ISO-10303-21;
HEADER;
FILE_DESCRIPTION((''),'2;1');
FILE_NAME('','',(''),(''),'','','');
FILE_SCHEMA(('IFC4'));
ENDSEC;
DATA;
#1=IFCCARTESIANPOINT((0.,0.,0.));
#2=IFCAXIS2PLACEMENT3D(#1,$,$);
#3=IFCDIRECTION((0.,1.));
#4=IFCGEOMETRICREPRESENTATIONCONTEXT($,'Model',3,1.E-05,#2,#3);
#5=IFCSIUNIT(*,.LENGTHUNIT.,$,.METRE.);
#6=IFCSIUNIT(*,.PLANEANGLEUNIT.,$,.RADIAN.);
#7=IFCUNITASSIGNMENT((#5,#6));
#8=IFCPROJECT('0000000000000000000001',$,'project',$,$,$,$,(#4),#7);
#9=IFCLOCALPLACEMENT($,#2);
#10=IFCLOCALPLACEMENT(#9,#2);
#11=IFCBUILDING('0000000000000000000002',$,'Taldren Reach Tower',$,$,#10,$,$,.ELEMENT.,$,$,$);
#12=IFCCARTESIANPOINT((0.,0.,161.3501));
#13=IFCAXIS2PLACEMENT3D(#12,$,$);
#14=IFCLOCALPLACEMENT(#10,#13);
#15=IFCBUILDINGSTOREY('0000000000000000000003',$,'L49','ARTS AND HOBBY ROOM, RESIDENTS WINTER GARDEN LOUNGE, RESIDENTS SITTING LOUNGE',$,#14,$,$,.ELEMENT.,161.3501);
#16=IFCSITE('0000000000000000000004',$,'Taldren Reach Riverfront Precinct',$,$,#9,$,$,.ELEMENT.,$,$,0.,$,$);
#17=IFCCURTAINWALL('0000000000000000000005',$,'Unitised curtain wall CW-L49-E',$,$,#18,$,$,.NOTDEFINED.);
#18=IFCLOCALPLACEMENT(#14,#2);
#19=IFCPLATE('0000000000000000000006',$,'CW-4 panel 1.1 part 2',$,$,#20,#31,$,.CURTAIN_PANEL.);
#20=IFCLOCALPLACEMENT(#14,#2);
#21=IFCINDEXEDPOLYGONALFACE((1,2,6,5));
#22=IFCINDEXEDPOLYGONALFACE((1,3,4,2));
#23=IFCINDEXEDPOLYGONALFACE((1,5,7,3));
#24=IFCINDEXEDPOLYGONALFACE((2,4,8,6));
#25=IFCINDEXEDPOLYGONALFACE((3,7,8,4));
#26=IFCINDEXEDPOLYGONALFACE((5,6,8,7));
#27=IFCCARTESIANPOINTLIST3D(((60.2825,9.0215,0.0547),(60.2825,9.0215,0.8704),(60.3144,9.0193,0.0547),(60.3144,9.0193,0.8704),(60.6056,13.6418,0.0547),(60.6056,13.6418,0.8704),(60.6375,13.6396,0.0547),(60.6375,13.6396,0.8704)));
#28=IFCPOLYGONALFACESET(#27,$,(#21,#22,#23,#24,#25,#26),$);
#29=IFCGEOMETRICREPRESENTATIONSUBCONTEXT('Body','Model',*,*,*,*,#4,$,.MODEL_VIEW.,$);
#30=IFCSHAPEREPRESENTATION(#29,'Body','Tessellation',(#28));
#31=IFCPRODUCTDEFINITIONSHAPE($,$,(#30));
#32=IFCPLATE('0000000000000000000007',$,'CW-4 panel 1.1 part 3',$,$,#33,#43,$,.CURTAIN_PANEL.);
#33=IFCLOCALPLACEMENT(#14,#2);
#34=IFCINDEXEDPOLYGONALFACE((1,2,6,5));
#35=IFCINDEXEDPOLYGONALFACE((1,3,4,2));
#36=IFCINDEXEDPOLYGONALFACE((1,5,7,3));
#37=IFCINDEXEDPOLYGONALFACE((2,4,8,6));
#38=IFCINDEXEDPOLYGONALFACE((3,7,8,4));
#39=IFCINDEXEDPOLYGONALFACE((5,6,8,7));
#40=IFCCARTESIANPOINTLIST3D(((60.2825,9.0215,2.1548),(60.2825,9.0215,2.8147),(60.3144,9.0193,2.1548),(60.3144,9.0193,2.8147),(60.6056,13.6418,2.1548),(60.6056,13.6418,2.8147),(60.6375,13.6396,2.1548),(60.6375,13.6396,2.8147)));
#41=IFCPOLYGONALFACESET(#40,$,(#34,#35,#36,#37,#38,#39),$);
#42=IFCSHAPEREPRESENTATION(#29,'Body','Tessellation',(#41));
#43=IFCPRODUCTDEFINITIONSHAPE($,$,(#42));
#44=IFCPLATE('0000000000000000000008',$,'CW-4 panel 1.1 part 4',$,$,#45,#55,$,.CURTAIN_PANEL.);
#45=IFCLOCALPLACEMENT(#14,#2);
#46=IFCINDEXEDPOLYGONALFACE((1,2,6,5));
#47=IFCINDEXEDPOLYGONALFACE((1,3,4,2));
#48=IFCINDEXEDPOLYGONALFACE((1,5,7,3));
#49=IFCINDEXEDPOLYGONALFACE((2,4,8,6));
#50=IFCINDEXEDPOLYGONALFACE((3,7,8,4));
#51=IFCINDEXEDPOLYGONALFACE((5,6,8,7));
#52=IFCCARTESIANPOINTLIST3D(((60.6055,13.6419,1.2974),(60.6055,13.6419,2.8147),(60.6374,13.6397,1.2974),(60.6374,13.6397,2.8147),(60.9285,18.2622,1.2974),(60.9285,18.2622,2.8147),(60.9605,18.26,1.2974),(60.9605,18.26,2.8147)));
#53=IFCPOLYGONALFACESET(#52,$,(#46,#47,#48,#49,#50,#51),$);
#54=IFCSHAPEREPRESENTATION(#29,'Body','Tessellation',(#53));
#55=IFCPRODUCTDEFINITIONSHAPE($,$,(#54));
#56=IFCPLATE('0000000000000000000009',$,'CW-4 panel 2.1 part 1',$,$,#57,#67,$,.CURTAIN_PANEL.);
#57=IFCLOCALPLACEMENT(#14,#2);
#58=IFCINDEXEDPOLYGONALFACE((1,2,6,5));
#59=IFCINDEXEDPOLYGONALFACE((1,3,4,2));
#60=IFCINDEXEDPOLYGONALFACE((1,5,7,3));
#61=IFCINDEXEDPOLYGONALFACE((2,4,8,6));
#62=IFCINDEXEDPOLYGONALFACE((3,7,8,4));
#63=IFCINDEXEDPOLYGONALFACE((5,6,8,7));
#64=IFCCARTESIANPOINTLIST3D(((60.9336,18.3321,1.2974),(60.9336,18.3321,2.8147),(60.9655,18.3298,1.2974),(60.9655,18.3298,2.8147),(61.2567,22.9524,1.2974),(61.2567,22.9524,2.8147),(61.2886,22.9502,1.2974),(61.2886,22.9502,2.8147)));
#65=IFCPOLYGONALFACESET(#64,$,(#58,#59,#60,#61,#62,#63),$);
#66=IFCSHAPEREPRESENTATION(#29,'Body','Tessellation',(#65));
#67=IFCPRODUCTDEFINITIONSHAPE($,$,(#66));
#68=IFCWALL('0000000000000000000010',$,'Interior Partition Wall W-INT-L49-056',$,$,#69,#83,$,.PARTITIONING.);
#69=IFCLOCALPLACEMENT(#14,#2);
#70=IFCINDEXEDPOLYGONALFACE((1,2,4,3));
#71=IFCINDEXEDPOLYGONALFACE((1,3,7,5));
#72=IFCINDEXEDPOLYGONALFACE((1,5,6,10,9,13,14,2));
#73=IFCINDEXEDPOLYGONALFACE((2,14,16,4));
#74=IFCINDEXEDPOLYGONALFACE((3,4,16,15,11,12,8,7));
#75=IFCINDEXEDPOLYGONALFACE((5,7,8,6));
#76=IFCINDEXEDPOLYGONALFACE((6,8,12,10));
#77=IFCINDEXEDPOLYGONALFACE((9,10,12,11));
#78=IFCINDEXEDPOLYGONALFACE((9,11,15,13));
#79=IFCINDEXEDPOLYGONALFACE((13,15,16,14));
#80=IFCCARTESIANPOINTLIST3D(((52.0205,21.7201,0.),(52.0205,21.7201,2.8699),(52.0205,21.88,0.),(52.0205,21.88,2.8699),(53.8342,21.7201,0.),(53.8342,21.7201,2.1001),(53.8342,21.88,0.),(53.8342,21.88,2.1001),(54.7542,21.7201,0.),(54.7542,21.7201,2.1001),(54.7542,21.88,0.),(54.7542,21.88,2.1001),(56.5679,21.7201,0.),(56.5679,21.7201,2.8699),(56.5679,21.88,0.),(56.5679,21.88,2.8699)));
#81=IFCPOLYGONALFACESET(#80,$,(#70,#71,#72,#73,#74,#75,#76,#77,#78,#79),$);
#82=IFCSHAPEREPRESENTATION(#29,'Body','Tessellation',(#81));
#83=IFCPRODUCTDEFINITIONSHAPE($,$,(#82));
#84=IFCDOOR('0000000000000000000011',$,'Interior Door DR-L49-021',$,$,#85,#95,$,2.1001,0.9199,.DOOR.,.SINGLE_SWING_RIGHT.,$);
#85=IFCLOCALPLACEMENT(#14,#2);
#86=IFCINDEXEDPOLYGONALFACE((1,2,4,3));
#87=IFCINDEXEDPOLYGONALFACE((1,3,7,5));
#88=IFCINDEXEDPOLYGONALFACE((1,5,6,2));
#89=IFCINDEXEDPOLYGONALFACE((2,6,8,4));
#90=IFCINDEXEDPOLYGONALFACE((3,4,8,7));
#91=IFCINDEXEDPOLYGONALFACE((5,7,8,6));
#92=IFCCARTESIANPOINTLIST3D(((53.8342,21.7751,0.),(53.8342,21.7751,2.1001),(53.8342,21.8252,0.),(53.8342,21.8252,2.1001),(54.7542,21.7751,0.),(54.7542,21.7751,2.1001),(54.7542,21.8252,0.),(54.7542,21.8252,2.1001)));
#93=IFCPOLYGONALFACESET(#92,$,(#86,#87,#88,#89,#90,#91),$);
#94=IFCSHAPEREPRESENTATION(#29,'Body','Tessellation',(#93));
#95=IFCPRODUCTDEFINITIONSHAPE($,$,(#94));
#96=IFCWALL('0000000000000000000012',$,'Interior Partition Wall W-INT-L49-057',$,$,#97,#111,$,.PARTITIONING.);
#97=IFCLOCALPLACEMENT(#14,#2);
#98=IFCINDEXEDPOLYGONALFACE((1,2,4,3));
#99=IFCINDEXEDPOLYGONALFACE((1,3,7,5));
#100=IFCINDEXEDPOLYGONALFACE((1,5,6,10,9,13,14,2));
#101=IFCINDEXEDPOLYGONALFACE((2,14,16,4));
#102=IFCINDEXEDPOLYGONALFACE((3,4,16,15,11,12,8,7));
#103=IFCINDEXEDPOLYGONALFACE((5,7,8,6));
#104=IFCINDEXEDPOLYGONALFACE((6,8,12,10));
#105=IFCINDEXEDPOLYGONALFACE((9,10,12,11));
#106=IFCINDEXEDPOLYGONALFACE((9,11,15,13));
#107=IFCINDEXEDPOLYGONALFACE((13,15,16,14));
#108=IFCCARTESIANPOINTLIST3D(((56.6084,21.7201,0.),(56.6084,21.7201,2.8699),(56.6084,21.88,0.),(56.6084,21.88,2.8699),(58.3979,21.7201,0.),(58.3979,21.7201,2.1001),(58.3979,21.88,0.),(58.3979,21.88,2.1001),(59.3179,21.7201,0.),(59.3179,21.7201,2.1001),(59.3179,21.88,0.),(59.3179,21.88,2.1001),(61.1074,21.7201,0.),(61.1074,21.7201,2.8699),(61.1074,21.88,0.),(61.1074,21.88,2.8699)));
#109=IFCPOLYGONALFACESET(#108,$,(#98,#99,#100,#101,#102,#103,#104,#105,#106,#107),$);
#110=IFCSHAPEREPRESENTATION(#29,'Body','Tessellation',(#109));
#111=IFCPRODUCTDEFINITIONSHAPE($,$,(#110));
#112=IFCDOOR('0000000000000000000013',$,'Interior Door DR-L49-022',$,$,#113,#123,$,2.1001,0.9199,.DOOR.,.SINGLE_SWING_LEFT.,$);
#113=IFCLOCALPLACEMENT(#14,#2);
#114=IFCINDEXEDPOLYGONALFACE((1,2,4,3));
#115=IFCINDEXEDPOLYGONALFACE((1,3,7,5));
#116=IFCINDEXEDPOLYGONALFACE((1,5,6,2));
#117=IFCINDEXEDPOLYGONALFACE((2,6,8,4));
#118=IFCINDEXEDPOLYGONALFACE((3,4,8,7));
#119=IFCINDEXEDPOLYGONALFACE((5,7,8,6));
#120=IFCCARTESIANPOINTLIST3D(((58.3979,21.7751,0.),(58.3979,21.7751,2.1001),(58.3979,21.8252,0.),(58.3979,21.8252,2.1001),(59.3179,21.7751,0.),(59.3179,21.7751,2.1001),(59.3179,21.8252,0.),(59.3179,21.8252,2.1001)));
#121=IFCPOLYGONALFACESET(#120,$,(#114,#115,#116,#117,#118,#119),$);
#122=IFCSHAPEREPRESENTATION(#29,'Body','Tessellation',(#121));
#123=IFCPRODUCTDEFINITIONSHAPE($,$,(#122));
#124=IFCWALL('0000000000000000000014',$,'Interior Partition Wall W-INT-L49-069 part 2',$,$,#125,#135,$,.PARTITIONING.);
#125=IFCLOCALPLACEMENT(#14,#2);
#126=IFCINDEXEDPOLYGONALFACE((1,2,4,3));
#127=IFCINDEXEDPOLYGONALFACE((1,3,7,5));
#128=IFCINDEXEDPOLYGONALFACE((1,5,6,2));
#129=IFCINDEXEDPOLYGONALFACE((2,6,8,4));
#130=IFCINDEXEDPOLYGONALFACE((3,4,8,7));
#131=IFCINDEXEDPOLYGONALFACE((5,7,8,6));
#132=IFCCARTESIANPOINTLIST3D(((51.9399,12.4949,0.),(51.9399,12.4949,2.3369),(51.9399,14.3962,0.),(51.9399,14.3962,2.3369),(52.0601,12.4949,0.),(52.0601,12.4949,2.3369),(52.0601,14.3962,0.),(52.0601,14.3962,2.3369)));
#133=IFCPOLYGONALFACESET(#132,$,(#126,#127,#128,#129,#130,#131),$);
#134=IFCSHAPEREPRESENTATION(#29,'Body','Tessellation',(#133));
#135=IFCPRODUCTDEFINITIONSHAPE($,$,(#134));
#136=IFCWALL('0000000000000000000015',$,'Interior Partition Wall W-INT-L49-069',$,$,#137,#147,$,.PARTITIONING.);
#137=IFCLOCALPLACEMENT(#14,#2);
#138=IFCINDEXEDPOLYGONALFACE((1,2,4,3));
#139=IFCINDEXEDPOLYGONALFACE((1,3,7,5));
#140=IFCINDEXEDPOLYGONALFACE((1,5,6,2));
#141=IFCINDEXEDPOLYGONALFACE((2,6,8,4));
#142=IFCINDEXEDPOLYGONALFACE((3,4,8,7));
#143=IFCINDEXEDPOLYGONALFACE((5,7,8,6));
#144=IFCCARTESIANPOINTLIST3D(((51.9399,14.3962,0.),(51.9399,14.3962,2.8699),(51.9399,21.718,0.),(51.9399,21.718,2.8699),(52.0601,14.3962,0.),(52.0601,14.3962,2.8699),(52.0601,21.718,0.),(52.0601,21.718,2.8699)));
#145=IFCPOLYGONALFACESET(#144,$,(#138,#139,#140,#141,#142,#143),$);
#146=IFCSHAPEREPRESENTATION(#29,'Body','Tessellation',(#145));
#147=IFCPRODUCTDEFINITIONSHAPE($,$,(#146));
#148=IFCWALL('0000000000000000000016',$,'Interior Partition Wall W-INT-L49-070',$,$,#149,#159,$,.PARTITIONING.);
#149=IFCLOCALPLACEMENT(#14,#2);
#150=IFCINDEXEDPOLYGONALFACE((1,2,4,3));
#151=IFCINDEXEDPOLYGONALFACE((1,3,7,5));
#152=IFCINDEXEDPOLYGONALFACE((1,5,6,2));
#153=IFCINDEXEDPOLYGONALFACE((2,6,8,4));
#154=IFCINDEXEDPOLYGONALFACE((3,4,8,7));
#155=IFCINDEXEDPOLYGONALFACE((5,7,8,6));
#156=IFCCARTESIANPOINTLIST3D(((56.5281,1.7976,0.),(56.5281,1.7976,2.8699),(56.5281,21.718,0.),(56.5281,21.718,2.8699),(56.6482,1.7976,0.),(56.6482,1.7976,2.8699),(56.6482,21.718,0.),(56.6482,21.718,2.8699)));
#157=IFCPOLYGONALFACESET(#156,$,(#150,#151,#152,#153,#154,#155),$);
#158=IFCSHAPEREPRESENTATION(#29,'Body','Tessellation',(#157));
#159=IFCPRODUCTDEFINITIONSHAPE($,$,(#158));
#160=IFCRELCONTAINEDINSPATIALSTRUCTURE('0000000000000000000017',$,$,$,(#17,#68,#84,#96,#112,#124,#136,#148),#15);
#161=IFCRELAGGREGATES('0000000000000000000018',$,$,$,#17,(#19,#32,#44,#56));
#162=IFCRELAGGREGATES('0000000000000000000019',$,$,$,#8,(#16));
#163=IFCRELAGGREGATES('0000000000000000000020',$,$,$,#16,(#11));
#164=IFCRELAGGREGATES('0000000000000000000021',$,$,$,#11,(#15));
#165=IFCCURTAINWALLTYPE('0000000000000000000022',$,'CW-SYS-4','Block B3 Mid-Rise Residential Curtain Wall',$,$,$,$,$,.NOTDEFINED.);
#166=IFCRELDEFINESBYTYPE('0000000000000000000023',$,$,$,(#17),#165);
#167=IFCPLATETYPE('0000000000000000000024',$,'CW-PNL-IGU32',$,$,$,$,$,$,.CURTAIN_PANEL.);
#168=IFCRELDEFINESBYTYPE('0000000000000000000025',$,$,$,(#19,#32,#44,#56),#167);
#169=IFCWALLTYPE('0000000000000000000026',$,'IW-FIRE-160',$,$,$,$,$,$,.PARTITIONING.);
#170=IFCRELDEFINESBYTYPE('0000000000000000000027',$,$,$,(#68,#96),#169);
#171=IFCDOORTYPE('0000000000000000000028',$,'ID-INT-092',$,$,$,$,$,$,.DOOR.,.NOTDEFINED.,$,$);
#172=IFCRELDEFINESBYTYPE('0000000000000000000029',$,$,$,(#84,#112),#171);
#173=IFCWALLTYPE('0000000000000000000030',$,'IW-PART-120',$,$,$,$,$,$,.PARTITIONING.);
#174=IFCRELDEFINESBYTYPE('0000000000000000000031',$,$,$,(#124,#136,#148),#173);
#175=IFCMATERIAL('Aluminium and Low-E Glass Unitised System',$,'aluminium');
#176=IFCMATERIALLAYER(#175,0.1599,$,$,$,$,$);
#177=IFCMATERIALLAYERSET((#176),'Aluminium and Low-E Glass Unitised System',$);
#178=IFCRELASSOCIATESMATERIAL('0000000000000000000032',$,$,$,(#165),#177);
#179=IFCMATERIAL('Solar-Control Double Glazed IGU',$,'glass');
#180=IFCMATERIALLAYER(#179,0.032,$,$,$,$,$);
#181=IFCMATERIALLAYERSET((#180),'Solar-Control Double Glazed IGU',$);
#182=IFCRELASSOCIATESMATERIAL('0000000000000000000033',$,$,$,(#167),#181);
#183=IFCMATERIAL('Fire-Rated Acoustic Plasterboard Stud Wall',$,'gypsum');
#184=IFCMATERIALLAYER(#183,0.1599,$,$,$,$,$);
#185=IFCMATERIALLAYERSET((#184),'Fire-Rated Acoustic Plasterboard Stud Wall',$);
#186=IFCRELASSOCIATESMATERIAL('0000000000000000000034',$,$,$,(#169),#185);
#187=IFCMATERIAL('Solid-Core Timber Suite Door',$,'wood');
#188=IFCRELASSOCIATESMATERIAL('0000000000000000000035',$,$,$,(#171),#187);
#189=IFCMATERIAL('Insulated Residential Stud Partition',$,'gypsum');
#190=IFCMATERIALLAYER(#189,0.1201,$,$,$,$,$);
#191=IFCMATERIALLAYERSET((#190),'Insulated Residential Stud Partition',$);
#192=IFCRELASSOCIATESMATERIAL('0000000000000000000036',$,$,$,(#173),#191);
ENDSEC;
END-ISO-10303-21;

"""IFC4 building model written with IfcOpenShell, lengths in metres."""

from ifc_helpers import new_model, si_unit, direction, frame, frame_2d, origin, origin_2d, place, context, subcontext, project, spatial, rectangle, extrude, source, transform, mapped, material, layer, layer_set, type_object, element, fill, aggregate, save


model = new_model("IFC4")

# Units and contexts
model_context = context("Model", 3, precision=1e-05, world=origin(), true_north=direction((0.0, 1.0)))
body_context = subcontext(model_context, "Body", "Model", "MODEL_VIEW")
ifc_project = project(units=[si_unit("LENGTHUNIT", "METRE"), si_unit("PLANEANGLEUNIT", "RADIAN")], contexts=[model_context])

# Site, building, storey
site_placement = place(None, origin())
site = spatial("IfcSite", under=ifc_project, at=site_placement, Name="Taldren Reach Riverfront Precinct", CompositionType="ELEMENT", RefElevation=0.0)
building_placement = place(site_placement, origin())
building = spatial("IfcBuilding", under=site, at=building_placement, Name="Taldren Reach Tower", CompositionType="ELEMENT")
storey_placement = place(building_placement, frame((0.0, 0.0, 161.3501)))
storey = spatial("IfcBuildingStorey", under=building, at=storey_placement, Name="L49", Description="ARTS AND HOBBY ROOM, RESIDENTS WINTER GARDEN LOUNGE, RESIDENTS SITTING LOUNGE", CompositionType="ELEMENT", Elevation=161.3501)

# Curtain wall
ifc_material_1 = material(Name="Aluminium and Low-E Glass Unitised System", Category="aluminium")
ifc_layer_1 = layer(ifc_material_1, 0.1599)
ifc_layer_set_1 = layer_set([ifc_layer_1], Name="Aluminium and Low-E Glass Unitised System")
curtain_wall_type = type_object("IfcCurtainWallType", Name="CW-SYS-4", Description="Block B3 Mid-Rise Residential Curtain Wall", PredefinedType="NOTDEFINED", material=ifc_layer_set_1)
curtain_wall_placement = place(storey_placement, origin())
curtain_wall = element("IfcCurtainWall", 1, at=curtain_wall_placement, inside=storey, type_object=curtain_wall_type, Name="Unitised curtain wall CW-L49-E", PredefinedType="NOTDEFINED")

# Plates
ifc_material_2 = material(Name="Solar-Control Double Glazed IGU", Category="glass")
ifc_layer_2 = layer(ifc_material_2, 0.032)
ifc_layer_set_2 = layer_set([ifc_layer_2], Name="Solar-Control Double Glazed IGU")
plate_type_1 = type_object("IfcPlateType", Name="CW-PNL-IGU32", PredefinedType="CURTAIN_PANEL", material=ifc_layer_set_2)
shared_shape_1 = source(origin(), body_context, "Body", "SweptSolid", [
    extrude(rectangle(XDim=4.6316, YDim=0.032, at=origin_2d()), origin(), (0.0, 0.0, 1.0), 0.8157),
])
plate_1_placement = place(storey_placement, frame((60.46, 11.3306, 0.0547), z_axis=(0.0, 0.0, 1.0), x_axis=(0.069756, 0.997564, 0.0)))
plate_1 = element("IfcPlate", 2, at=plate_1_placement, type_object=plate_type_1, Name="CW-4 panel 1.1 part 2", PredefinedType="CURTAIN_PANEL", context=body_context, shape_type="MappedRepresentation", body=[
    mapped(shared_shape_1, transform((0.0, 0.0, 0.0), scale=1.0)),
])
shared_shape_2 = source(origin(), body_context, "Body", "SweptSolid", [
    extrude(rectangle(XDim=4.6316, YDim=0.032, at=origin_2d()), origin(), (0.0, 0.0, 1.0), 0.6599),
])
plate_2_placement = place(storey_placement, frame((60.46, 11.3306, 2.1548), z_axis=(0.0, 0.0, 1.0), x_axis=(0.069756, 0.997564, 0.0)))
plate_2 = element("IfcPlate", 3, at=plate_2_placement, type_object=plate_type_1, Name="CW-4 panel 1.1 part 3", PredefinedType="CURTAIN_PANEL", context=body_context, shape_type="MappedRepresentation", body=[
    mapped(shared_shape_2, transform((0.0, 0.0, 0.0), scale=1.0)),
])
shared_shape_3 = source(origin(), body_context, "Body", "SweptSolid", [
    extrude(rectangle(XDim=4.6316, YDim=0.032, at=origin_2d()), origin(), (0.0, 0.0, 1.0), 1.5173),
])
plate_3_placement = place(storey_placement, frame((60.783, 15.9509, 1.2974), z_axis=(0.0, 0.0, 1.0), x_axis=(0.069756, 0.997564, 0.0)))
plate_3 = element("IfcPlate", 4, at=plate_3_placement, type_object=plate_type_1, Name="CW-4 panel 1.1 part 4", PredefinedType="CURTAIN_PANEL", context=body_context, shape_type="MappedRepresentation", body=[
    mapped(shared_shape_3, transform((0.0, 0.0, 0.0), scale=1.0)),
])
plate_4_placement = place(storey_placement, frame((61.1111, 20.6411, 1.2974), z_axis=(0.0, 0.0, 1.0), x_axis=(0.069756, 0.997564, 0.0)))
plate_4 = element("IfcPlate", 5, at=plate_4_placement, type_object=plate_type_1, Name="CW-4 panel 2.1 part 1", PredefinedType="CURTAIN_PANEL", context=body_context, shape_type="MappedRepresentation", body=[
    mapped(shared_shape_3, transform((0.0, 0.0, 0.0), scale=1.0)),
])
aggregate(curtain_wall, [plate_1, plate_2, plate_3, plate_4])

# Walls, openings, doors
ifc_material_3 = material(Name="Fire-Rated Acoustic Plasterboard Stud Wall", Category="gypsum")
ifc_layer_3 = layer(ifc_material_3, 0.1599)
ifc_layer_set_3 = layer_set([ifc_layer_3], Name="Fire-Rated Acoustic Plasterboard Stud Wall")
wall_type_1 = type_object("IfcWallType", Name="IW-FIRE-160", PredefinedType="PARTITIONING", material=ifc_layer_set_3)
shared_shape_4 = source(origin(), body_context, "Body", "SweptSolid", [
    extrude(rectangle(XDim=4.5474, YDim=0.1599, at=frame_2d((2.2737, 0.0))), origin(), (0.0, 0.0, 1.0), 2.8699),
])
wall_1_placement = place(storey_placement, frame((56.5679, 21.8, 0.0), z_axis=(0.0, 0.0, 1.0), x_axis=(-1.0, 0.0, 0.0)))
wall_1 = element("IfcWall", 6, at=wall_1_placement, inside=storey, type_object=wall_type_1, Name="Interior Partition Wall W-INT-L49-056", PredefinedType="PARTITIONING", context=body_context, shape_type="MappedRepresentation", body=[
    mapped(shared_shape_4, transform((0.0, 0.0, 0.0), scale=1.0)),
])
shared_shape_5 = source(origin(), body_context, "Body", "SweptSolid", [
    extrude(rectangle(XDim=0.9199, YDim=2.1001, at=frame_2d((0.46, 1.05))), frame((0.0, 0.0898, 0.0), z_axis=(0.0, -1.0, 0.0), x_axis=(1.0, 0.0, 0.0)), (0.0, 0.0, 1.0), 0.1799),
])
opening_1_placement = place(wall_1_placement, frame((1.8137, 0.0, 0.0)))
opening_1 = element("IfcOpeningElement", 7, at=opening_1_placement, cuts=wall_1, PredefinedType="OPENING", context=body_context, shape_type="MappedRepresentation", body=[
    mapped(shared_shape_5, transform((0.0, 0.0, 0.0), scale=1.0)),
])
ifc_material_4 = material(Name="Solid-Core Timber Suite Door", Category="wood")
door_type = type_object("IfcDoorType", Name="ID-INT-092", OperationType="NOTDEFINED", PredefinedType="DOOR", material=ifc_material_4)
shared_shape_6 = source(origin(), body_context, "Body", "SweptSolid", [
    extrude(rectangle(XDim=0.9199, YDim=2.1001, at=frame_2d((0.46, 1.05))), frame((0.0, 0.0249, 0.0), z_axis=(0.0, -1.0, 0.0), x_axis=(1.0, 0.0, 0.0)), (0.0, 0.0, 1.0), 0.05),
])
door_1_placement = place(opening_1_placement, origin())
door_1 = element("IfcDoor", 8, at=door_1_placement, inside=storey, type_object=door_type, Name="Interior Door DR-L49-021", OperationType="SINGLE_SWING_RIGHT", OverallHeight=2.1001, OverallWidth=0.9199, PredefinedType="DOOR", context=body_context, shape_type="MappedRepresentation", body=[
    mapped(shared_shape_6, transform((0.0, 0.0, 0.0), scale=1.0)),
])
fill(opening_1, door_1)
shared_shape_7 = source(origin(), body_context, "Body", "SweptSolid", [
    extrude(rectangle(XDim=4.499, YDim=0.1599, at=frame_2d((2.2495, 0.0))), origin(), (0.0, 0.0, 1.0), 2.8699),
])
wall_2_placement = place(storey_placement, frame((61.1074, 21.8, 0.0), z_axis=(0.0, 0.0, 1.0), x_axis=(-1.0, 0.0, 0.0)))
wall_2 = element("IfcWall", 9, at=wall_2_placement, inside=storey, type_object=wall_type_1, Name="Interior Partition Wall W-INT-L49-057", PredefinedType="PARTITIONING", context=body_context, shape_type="MappedRepresentation", body=[
    mapped(shared_shape_7, transform((0.0, 0.0, 0.0), scale=1.0)),
])
opening_2_placement = place(wall_2_placement, frame((1.7896, 0.0, 0.0)))
opening_2 = element("IfcOpeningElement", 10, at=opening_2_placement, cuts=wall_2, PredefinedType="OPENING", context=body_context, shape_type="MappedRepresentation", body=[
    mapped(shared_shape_5, transform((0.0, 0.0, 0.0), scale=1.0)),
])
door_2_placement = place(opening_2_placement, origin())
door_2 = element("IfcDoor", 11, at=door_2_placement, inside=storey, type_object=door_type, Name="Interior Door DR-L49-022", OperationType="SINGLE_SWING_LEFT", OverallHeight=2.1001, OverallWidth=0.9199, PredefinedType="DOOR", context=body_context, shape_type="MappedRepresentation", body=[
    mapped(shared_shape_6, transform((0.0, 0.0, 0.0), scale=1.0)),
])
fill(opening_2, door_2)

# Walls
ifc_material_5 = material(Name="Insulated Residential Stud Partition", Category="gypsum")
ifc_layer_4 = layer(ifc_material_5, 0.1201)
ifc_layer_set_4 = layer_set([ifc_layer_4], Name="Insulated Residential Stud Partition")
wall_type_2 = type_object("IfcWallType", Name="IW-PART-120", PredefinedType="PARTITIONING", material=ifc_layer_set_4)
shared_shape_8 = source(origin(), body_context, "Body", "SweptSolid", [
    extrude(rectangle(XDim=1.9014, YDim=0.1201, at=frame_2d((0.9507, 0.0))), origin(), (0.0, 0.0, 1.0), 2.3369),
])
wall_3_placement = place(storey_placement, frame((52.0, 14.3962, 0.0), z_axis=(0.0, 0.0, 1.0), x_axis=(0.0, -1.0, 0.0)))
element("IfcWall", 12, at=wall_3_placement, inside=storey, type_object=wall_type_2, Name="Interior Partition Wall W-INT-L49-069 part 2", PredefinedType="PARTITIONING", context=body_context, shape_type="MappedRepresentation", body=[
    mapped(shared_shape_8, transform((0.0, 0.0, 0.0), scale=1.0)),
])
shared_shape_9 = source(origin(), body_context, "Body", "SweptSolid", [
    extrude(rectangle(XDim=7.3218, YDim=0.1201, at=frame_2d((3.6609, 0.0))), origin(), (0.0, 0.0, 1.0), 2.8699),
])
wall_4_placement = place(storey_placement, frame((52.0, 21.718, 0.0), z_axis=(0.0, 0.0, 1.0), x_axis=(0.0, -1.0, 0.0)))
element("IfcWall", 13, at=wall_4_placement, inside=storey, type_object=wall_type_2, Name="Interior Partition Wall W-INT-L49-069", PredefinedType="PARTITIONING", context=body_context, shape_type="MappedRepresentation", body=[
    mapped(shared_shape_9, transform((0.0, 0.0, 0.0), scale=1.0)),
])
shared_shape_10 = source(origin(), body_context, "Body", "SweptSolid", [
    extrude(rectangle(XDim=19.9204, YDim=0.1201, at=frame_2d((9.9602, 0.0))), origin(), (0.0, 0.0, 1.0), 2.8699),
])
wall_5_placement = place(storey_placement, frame((56.5881, 21.718, 0.0), z_axis=(0.0, 0.0, 1.0), x_axis=(0.0, -1.0, 0.0)))
element("IfcWall", 14, at=wall_5_placement, inside=storey, type_object=wall_type_2, Name="Interior Partition Wall W-INT-L49-070", PredefinedType="PARTITIONING", context=body_context, shape_type="MappedRepresentation", body=[
    mapped(shared_shape_10, transform((0.0, 0.0, 0.0), scale=1.0)),
])

save(model, "model.ifc")
